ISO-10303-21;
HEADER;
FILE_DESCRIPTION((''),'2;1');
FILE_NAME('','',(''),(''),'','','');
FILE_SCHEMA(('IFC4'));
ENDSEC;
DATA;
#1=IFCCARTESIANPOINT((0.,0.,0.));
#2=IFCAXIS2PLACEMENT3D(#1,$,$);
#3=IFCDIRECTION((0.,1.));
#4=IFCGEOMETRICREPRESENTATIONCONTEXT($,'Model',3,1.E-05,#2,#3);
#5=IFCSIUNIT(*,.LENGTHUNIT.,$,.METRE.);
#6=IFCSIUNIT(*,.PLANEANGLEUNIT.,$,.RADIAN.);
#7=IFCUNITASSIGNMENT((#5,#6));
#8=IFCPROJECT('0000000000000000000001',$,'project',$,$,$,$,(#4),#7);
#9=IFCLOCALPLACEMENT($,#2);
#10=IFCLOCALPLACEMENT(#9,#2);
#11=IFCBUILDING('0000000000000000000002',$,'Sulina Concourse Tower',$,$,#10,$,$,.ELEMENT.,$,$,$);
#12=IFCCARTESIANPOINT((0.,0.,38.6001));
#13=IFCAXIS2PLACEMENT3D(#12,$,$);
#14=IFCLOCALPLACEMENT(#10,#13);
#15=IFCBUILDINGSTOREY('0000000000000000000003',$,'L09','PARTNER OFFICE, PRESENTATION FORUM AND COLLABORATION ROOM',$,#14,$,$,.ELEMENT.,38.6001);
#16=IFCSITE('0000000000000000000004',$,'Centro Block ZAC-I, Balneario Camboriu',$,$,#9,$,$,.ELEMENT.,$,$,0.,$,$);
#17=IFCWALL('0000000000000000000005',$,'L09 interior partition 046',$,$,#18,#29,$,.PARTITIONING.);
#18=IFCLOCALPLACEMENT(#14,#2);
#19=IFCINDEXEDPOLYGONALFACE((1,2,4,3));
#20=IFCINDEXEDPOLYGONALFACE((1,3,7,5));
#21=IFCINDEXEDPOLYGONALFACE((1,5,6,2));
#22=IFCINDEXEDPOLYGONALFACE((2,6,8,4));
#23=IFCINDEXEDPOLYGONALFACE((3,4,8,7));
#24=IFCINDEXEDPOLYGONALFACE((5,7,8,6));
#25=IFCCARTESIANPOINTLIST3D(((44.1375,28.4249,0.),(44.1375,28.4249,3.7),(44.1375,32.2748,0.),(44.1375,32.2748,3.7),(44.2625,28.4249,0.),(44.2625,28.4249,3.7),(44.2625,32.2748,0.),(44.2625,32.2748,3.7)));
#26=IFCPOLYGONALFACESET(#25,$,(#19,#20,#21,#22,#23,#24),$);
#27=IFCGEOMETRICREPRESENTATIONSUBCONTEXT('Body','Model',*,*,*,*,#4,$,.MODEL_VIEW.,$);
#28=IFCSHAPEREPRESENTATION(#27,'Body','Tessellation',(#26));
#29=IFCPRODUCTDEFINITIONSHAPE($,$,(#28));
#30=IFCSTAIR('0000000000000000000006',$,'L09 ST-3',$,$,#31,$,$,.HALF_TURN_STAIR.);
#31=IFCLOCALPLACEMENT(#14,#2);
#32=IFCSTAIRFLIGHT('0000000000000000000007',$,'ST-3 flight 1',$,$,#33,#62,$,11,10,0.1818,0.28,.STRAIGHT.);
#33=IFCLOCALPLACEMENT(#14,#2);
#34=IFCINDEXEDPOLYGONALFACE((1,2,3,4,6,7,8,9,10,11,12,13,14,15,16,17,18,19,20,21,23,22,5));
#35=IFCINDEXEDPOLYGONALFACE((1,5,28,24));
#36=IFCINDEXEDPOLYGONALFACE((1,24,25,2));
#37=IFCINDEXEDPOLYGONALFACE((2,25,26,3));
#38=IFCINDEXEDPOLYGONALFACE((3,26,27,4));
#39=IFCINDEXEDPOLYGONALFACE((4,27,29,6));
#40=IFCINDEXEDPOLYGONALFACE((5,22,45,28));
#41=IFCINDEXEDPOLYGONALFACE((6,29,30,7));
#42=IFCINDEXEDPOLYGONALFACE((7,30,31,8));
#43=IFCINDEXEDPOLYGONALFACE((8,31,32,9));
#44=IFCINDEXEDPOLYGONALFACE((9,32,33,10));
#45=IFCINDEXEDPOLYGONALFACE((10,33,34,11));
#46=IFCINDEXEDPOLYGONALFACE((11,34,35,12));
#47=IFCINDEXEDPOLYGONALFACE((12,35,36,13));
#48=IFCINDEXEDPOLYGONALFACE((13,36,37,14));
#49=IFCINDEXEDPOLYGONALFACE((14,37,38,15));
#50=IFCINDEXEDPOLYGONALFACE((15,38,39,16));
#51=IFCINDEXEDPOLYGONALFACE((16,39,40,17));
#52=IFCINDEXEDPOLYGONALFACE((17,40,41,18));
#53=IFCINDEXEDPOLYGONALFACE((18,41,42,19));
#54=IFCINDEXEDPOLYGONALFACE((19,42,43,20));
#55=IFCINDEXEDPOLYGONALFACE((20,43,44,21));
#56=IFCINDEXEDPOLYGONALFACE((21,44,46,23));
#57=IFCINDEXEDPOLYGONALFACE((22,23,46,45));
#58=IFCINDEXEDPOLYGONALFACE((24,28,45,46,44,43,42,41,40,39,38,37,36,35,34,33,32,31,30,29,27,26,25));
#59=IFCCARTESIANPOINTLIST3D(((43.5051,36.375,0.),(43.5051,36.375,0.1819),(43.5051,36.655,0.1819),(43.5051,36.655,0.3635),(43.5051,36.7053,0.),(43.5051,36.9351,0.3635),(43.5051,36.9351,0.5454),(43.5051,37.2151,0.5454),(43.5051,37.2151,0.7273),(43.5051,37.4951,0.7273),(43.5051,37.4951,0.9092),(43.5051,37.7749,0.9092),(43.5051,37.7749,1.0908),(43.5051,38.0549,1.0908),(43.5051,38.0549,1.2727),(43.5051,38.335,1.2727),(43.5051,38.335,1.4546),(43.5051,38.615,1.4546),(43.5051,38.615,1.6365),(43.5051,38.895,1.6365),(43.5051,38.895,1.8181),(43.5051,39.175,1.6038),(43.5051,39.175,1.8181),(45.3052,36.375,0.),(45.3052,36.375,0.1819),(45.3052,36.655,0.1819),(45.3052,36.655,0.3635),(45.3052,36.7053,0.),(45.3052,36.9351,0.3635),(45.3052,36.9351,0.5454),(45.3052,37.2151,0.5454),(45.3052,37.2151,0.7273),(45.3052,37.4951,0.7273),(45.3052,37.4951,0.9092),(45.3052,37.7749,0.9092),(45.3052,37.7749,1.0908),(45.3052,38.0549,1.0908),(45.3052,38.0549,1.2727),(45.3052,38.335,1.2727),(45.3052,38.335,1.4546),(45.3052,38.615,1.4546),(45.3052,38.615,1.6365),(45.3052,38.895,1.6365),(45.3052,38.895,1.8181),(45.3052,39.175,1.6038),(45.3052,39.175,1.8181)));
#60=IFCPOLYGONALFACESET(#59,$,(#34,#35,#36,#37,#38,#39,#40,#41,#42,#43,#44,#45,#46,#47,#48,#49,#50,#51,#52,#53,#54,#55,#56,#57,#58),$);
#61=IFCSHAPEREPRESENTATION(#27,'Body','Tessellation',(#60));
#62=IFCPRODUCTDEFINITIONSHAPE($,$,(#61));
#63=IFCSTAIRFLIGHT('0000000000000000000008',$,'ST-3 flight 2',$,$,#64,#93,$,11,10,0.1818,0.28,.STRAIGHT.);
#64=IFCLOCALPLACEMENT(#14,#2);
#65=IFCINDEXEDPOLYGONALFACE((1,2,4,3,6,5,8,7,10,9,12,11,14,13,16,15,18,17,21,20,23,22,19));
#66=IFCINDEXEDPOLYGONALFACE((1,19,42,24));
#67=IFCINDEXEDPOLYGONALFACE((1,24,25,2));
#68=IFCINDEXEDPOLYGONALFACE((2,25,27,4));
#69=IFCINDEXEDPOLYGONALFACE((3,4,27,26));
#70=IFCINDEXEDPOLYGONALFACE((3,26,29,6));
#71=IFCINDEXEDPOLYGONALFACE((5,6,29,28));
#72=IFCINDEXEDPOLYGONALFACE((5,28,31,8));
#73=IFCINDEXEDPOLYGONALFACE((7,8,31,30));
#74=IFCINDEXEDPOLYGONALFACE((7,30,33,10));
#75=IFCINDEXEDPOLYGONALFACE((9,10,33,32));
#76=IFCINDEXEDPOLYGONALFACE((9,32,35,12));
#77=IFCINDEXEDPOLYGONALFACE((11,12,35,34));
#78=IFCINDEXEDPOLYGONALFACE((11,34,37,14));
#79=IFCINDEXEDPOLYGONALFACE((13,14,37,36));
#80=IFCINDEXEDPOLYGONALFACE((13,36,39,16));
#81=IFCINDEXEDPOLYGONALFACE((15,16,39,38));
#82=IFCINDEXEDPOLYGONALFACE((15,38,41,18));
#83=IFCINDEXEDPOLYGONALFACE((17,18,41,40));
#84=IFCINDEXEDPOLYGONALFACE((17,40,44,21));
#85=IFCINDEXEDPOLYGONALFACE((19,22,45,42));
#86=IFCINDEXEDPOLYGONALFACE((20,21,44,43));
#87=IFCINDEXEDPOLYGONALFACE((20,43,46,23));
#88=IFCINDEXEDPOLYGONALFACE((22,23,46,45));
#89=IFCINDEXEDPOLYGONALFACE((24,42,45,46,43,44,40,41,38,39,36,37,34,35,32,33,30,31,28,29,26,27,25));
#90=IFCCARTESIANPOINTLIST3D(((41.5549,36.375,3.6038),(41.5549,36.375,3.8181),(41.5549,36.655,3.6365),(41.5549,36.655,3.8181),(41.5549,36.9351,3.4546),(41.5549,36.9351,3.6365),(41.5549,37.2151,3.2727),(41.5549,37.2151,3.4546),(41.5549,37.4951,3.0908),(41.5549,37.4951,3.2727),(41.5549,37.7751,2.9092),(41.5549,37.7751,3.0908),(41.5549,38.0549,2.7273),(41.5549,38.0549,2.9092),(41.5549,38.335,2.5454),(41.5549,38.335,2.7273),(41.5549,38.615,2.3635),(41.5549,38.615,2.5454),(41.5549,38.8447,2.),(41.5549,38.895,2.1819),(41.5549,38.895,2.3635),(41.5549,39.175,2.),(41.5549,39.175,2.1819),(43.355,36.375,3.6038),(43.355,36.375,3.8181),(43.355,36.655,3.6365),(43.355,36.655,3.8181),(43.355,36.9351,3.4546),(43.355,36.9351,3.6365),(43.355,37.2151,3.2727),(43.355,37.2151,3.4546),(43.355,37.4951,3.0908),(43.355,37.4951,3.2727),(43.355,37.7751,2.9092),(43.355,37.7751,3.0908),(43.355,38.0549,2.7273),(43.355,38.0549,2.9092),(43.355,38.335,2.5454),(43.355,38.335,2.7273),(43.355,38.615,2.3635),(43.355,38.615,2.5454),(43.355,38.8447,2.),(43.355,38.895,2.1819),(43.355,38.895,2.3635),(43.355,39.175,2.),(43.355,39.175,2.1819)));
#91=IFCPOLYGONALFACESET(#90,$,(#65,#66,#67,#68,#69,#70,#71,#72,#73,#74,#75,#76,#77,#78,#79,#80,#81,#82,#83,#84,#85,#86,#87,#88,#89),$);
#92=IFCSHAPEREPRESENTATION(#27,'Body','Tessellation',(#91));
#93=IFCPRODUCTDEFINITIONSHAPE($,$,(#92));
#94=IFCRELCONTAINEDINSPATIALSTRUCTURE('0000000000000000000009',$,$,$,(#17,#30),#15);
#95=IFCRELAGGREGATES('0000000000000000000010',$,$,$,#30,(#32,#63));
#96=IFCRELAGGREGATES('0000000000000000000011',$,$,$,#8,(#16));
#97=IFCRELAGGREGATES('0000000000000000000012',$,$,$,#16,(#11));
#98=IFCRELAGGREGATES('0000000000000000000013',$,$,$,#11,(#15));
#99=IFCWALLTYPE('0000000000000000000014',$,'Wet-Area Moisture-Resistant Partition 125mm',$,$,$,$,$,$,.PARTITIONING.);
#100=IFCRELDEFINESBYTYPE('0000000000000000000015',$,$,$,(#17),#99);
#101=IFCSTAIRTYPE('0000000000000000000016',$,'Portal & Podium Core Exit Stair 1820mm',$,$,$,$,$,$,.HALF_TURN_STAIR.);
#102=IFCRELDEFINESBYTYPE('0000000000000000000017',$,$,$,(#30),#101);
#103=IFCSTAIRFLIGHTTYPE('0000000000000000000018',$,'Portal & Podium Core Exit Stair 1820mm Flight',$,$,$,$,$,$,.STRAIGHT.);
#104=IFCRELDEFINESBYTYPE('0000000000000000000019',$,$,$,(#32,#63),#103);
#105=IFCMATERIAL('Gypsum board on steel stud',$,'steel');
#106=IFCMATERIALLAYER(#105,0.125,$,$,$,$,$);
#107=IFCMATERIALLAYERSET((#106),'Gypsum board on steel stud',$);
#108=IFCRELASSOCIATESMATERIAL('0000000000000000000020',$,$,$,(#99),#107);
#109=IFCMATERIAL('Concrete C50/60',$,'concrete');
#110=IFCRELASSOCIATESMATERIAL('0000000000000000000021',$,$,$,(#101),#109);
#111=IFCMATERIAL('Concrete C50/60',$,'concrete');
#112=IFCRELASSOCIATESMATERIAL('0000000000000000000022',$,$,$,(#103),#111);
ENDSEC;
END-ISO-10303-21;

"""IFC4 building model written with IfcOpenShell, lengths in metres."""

from ifc_helpers import new_model, si_unit, direction, frame, frame_2d, origin, place, context, subcontext, project, spatial, polyline, rectangle, outline, extrude, material, layer, layer_set, type_object, element, aggregate, save


model = new_model("IFC4")

# Units and contexts
model_context = context("Model", 3, precision=1e-05, world=origin(), true_north=direction((0.0, 1.0)))
body_context = subcontext(model_context, "Body", "Model", "MODEL_VIEW")
ifc_project = project(units=[si_unit("LENGTHUNIT", "METRE"), si_unit("PLANEANGLEUNIT", "RADIAN")], contexts=[model_context])

# Site, building, storey
site_placement = place(None, origin())
site = spatial("IfcSite", under=ifc_project, at=site_placement, Name="Centro Block ZAC-I, Balneario Camboriu", CompositionType="ELEMENT", RefElevation=0.0)
building_placement = place(site_placement, origin())
building = spatial("IfcBuilding", under=site, at=building_placement, Name="Sulina Concourse Tower", CompositionType="ELEMENT")
storey_placement = place(building_placement, frame((0.0, 0.0, 38.6001)))
storey = spatial("IfcBuildingStorey", under=building, at=storey_placement, Name="L09", Description="PARTNER OFFICE, PRESENTATION FORUM AND COLLABORATION ROOM", CompositionType="ELEMENT", Elevation=38.6001)

# Shared definitions
ifc_material_1 = material(Name="Gypsum board on steel stud", Category="steel")
ifc_layer_1 = layer(ifc_material_1, 0.125)
ifc_layer_set_1 = layer_set([ifc_layer_1], Name="Gypsum board on steel stud")
wall_type_1 = type_object("IfcWallType", Name="Wet-Area Moisture-Resistant Partition 125mm", PredefinedType="PARTITIONING", material=ifc_layer_set_1)

# Wall
wall_1_placement = place(storey_placement, frame((44.2, 28.425, 0.0), z_axis=(0.0, 0.0, 1.0), x_axis=(0.0, 1.0, 0.0)))
element("IfcWall", 1, at=wall_1_placement, inside=storey, type_object=wall_type_1, Name="L09 interior partition 046", PredefinedType="PARTITIONING", context=body_context, shape_type="SweptSolid", body=[
    extrude(rectangle(XDim=3.8499, YDim=0.125, at=frame_2d((1.9248, 0.0))), origin(), (0.0, 0.0, 1.0), 3.7),
])

# Stair, stair flights
ifc_material_2 = material(Name="Concrete C50/60", Category="concrete")
stair_type = type_object("IfcStairType", Name="Portal & Podium Core Exit Stair 1820mm", PredefinedType="HALF_TURN_STAIR", material=ifc_material_2)
stair_placement = place(storey_placement, origin())
stair = element("IfcStair", 2, at=stair_placement, inside=storey, type_object=stair_type, Name="L09 ST-3", PredefinedType="HALF_TURN_STAIR")
ifc_material_3 = material(Name="Concrete C50/60", Category="concrete")
stair_flight_type = type_object("IfcStairFlightType", Name="Portal & Podium Core Exit Stair 1820mm Flight", PredefinedType="STRAIGHT", material=ifc_material_3)
stair_flight_1_placement = place(storey_placement, frame((44.405, 36.375, 0.0), z_axis=(0.0, 0.0, 1.0), x_axis=(0.0, 1.0, 0.0)))
stair_flight_1 = element("IfcStairFlight", 3, at=stair_flight_1_placement, type_object=stair_flight_type, Name="ST-3 flight 1", NumberOfRisers=11, NumberOfTreads=10, PredefinedType="STRAIGHT", RiserHeight=0.1818, TreadLength=0.28, context=body_context, shape_type="SweptSolid", body=[
    extrude(outline(polyline([(0.0, 0.0), (0.0, 0.1819), (0.28, 0.1819), (0.28, 0.3635), (0.5601, 0.3635), (0.5601, 0.5454), (0.8401, 0.5454), (0.8401, 0.7273), (1.1201, 0.7273), (1.1201, 0.9092), (1.3999, 0.9092), (1.3999, 1.0908), (1.6799, 1.0908), (1.6799, 1.2727), (1.96, 1.2727), (1.96, 1.4546), (2.24, 1.4546), (2.24, 1.6365), (2.52, 1.6365), (2.52, 1.8181), (2.8, 1.8181), (2.8, 2.0), (2.8, 1.6038), (0.3303, 0.0), (0.0, 0.0)])), frame((0.0, 0.8999, 0.0), z_axis=(0.0, -1.0, 0.0), x_axis=(1.0, 0.0, 0.0)), (0.0, 0.0, 1.0), 1.8),
])
stair_flight_2_placement = place(storey_placement, frame((42.4551, 39.175, 2.0), z_axis=(0.0, 0.0, 1.0), x_axis=(0.0, -1.0, 0.0)))
stair_flight_2 = element("IfcStairFlight", 4, at=stair_flight_2_placement, type_object=stair_flight_type, Name="ST-3 flight 2", NumberOfRisers=11, NumberOfTreads=10, PredefinedType="STRAIGHT", RiserHeight=0.1818, TreadLength=0.28, context=body_context, shape_type="SweptSolid", body=[
    extrude(outline(polyline([(0.0, 0.0), (0.0, 0.1819), (0.28, 0.1819), (0.28, 0.3635), (0.5601, 0.3635), (0.5601, 0.5454), (0.8401, 0.5454), (0.8401, 0.7273), (1.1201, 0.7273), (1.1201, 0.9092), (1.3999, 0.9092), (1.3999, 1.0908), (1.6799, 1.0908), (1.6799, 1.2727), (1.96, 1.2727), (1.96, 1.4546), (2.24, 1.4546), (2.24, 1.6365), (2.52, 1.6365), (2.52, 1.8181), (2.8, 1.8181), (2.8, 2.0), (2.8, 1.6038), (0.3303, 0.0), (0.0, 0.0)])), frame((0.0, 0.8999, 0.0), z_axis=(0.0, -1.0, 0.0), x_axis=(1.0, 0.0, 0.0)), (0.0, 0.0, 1.0), 1.8),
])
aggregate(stair, [stair_flight_1, stair_flight_2])

save(model, "model.ifc")
